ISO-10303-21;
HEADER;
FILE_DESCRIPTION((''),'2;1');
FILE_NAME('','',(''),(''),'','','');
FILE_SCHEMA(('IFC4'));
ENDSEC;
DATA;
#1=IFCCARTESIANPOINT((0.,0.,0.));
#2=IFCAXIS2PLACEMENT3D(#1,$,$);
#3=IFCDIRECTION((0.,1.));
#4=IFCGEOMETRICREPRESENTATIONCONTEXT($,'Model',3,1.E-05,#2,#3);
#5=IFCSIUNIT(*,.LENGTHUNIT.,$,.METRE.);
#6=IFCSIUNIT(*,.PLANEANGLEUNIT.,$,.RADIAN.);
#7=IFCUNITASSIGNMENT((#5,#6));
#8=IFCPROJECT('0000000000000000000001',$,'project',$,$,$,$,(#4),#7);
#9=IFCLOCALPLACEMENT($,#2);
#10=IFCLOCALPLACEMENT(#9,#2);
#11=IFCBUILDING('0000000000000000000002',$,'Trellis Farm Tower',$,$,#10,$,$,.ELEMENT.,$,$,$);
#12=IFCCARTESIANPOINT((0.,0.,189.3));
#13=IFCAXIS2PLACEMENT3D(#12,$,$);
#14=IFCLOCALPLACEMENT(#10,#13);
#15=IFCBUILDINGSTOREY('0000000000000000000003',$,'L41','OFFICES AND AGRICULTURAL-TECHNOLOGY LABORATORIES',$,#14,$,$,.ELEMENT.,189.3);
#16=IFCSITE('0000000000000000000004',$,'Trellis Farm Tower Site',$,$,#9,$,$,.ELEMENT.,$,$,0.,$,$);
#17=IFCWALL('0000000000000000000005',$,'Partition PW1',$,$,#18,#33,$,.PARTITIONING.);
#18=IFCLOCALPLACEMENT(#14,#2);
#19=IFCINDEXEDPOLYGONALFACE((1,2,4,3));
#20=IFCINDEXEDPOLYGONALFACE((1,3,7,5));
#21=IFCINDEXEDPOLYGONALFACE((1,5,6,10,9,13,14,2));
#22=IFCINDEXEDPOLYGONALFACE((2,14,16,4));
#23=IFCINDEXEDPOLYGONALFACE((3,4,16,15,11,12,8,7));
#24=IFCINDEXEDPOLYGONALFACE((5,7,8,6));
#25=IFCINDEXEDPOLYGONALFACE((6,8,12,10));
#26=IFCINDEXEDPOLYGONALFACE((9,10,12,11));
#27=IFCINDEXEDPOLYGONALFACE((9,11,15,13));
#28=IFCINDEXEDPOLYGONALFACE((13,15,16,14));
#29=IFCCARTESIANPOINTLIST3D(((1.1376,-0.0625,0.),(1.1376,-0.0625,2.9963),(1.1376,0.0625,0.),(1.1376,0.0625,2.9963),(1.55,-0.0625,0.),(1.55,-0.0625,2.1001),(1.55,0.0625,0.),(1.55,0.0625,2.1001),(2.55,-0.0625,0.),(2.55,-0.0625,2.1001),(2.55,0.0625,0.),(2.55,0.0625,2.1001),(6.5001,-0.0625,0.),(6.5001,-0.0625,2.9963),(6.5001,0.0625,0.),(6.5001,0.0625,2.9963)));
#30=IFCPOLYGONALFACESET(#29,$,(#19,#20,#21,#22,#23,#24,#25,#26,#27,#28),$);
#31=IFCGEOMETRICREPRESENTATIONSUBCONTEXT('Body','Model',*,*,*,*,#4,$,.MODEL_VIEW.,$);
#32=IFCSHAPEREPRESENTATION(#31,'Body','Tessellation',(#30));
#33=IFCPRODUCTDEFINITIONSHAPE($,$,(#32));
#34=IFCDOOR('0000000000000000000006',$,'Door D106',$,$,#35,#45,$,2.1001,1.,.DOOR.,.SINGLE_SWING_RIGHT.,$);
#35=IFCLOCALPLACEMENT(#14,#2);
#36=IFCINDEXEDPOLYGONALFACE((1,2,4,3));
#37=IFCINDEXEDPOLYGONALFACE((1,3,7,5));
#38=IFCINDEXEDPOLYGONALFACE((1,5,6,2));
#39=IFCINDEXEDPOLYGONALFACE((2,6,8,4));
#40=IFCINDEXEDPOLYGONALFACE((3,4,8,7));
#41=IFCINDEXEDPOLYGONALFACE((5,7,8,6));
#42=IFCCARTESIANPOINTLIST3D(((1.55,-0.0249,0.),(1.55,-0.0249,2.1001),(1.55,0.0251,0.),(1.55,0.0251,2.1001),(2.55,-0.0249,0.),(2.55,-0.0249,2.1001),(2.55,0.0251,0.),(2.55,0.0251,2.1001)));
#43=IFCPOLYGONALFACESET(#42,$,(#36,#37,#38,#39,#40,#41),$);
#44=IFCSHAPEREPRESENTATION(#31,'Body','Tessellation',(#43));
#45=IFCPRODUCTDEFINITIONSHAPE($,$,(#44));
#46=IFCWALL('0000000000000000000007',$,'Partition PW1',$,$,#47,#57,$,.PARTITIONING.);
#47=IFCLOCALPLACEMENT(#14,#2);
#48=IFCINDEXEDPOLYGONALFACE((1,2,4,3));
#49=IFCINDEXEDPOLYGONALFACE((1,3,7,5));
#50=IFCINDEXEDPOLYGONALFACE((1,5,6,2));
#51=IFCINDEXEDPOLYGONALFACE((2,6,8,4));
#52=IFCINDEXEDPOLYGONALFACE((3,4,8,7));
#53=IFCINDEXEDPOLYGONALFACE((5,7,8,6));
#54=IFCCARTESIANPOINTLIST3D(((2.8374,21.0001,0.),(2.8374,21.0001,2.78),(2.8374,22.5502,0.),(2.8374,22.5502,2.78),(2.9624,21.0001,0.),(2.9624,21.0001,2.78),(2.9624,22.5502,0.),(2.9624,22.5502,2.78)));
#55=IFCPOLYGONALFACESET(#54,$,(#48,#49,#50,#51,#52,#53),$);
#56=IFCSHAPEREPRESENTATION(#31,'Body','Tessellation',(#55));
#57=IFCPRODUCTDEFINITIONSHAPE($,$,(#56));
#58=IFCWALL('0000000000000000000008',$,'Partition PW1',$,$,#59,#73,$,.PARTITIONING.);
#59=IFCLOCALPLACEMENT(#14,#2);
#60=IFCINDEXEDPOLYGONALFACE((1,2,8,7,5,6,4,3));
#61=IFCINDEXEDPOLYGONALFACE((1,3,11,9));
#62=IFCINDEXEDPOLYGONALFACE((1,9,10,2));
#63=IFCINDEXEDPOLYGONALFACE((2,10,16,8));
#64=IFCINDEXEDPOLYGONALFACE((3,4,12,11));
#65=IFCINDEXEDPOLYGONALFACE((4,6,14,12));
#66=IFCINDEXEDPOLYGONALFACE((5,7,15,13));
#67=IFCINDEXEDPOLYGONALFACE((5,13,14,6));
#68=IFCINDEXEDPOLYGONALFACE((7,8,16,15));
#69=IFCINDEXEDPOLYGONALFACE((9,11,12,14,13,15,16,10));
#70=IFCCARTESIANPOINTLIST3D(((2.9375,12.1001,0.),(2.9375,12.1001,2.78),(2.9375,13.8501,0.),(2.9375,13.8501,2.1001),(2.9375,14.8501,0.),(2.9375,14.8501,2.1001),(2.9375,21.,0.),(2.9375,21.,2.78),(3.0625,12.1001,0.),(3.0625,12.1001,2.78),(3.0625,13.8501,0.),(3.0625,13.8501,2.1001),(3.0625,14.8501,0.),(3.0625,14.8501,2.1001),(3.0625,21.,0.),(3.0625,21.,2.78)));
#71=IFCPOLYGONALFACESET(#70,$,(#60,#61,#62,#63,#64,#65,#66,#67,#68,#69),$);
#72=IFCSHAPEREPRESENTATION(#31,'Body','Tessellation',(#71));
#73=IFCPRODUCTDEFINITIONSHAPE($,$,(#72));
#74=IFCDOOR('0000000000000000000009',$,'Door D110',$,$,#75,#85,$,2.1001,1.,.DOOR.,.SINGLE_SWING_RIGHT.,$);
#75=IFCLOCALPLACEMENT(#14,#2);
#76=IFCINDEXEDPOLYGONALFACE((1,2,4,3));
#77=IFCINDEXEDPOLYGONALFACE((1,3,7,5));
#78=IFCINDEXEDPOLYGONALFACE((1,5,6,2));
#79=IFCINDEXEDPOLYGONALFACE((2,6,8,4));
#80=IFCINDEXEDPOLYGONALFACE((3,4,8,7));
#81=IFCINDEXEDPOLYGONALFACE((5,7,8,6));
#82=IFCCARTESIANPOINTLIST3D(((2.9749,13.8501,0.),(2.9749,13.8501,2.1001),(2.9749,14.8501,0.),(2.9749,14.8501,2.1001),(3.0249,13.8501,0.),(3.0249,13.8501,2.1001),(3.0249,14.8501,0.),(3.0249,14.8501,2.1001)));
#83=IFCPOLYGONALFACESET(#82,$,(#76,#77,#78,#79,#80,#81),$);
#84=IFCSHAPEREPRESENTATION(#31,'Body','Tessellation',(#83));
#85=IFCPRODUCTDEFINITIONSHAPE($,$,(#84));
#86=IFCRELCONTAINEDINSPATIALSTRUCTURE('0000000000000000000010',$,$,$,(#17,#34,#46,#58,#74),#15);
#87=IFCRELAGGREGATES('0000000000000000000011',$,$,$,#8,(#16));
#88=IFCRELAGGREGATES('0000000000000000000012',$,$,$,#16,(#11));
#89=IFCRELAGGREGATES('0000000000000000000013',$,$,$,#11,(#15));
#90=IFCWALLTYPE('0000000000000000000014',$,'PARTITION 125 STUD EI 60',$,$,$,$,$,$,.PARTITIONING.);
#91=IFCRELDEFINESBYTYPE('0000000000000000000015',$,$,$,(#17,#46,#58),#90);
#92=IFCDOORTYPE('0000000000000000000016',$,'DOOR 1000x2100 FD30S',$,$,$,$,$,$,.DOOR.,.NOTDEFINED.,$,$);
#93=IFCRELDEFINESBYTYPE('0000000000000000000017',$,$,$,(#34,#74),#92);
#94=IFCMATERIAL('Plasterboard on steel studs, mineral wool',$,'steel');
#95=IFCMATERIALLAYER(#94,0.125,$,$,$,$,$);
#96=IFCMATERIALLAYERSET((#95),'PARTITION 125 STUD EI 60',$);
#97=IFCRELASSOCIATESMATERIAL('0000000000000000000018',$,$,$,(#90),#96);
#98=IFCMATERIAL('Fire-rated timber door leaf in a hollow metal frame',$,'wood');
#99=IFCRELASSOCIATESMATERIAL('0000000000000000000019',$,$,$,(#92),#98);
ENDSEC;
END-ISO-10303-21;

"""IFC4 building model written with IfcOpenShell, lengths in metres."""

from ifc_helpers import new_model, si_unit, direction, frame, frame_2d, origin, place, context, subcontext, project, spatial, rectangle, extrude, source, transform, mapped, material, layer, layer_set, type_object, element, fill, save


model = new_model("IFC4")

# Units and contexts
model_context = context("Model", 3, precision=1e-05, world=origin(), true_north=direction((0.0, 1.0)))
body_context = subcontext(model_context, "Body", "Model", "MODEL_VIEW")
ifc_project = project(units=[si_unit("LENGTHUNIT", "METRE"), si_unit("PLANEANGLEUNIT", "RADIAN")], contexts=[model_context])

# Site, building, storey
site_placement = place(None, origin())
site = spatial("IfcSite", under=ifc_project, at=site_placement, Name="Trellis Farm Tower Site", CompositionType="ELEMENT", RefElevation=0.0)
building_placement = place(site_placement, origin())
building = spatial("IfcBuilding", under=site, at=building_placement, Name="Trellis Farm Tower", CompositionType="ELEMENT")
storey_placement = place(building_placement, frame((0.0, 0.0, 189.3)))
storey = spatial("IfcBuildingStorey", under=building, at=storey_placement, Name="L41", Description="OFFICES AND AGRICULTURAL-TECHNOLOGY LABORATORIES", CompositionType="ELEMENT", Elevation=189.3)

# Shared definitions
ifc_material_1 = material(Name="Plasterboard on steel studs, mineral wool", Category="steel")
ifc_layer_1 = layer(ifc_material_1, 0.125)
ifc_layer_set_1 = layer_set([ifc_layer_1], Name="PARTITION 125 STUD EI 60")
wall_type_1 = type_object("IfcWallType", Name="PARTITION 125 STUD EI 60", PredefinedType="PARTITIONING", material=ifc_layer_set_1)

# Wall, opening, door
shared_shape_1 = source(origin(), body_context, "Body", "SweptSolid", [
    extrude(rectangle(XDim=5.3625, YDim=0.125, at=frame_2d((2.6812, 0.0))), origin(), (0.0, 0.0, 1.0), 2.9963),
])
wall_1_placement = place(storey_placement, frame((6.5, 0.0, 0.0), z_axis=(0.0, 0.0, 1.0), x_axis=(-1.0, 0.0, 0.0)))
wall_1 = element("IfcWall", 1, at=wall_1_placement, inside=storey, type_object=wall_type_1, Name="Partition PW1", PredefinedType="PARTITIONING", context=body_context, shape_type="MappedRepresentation", body=[
    mapped(shared_shape_1, transform((0.0, 0.0, 0.0))),
])
shared_shape_2 = source(origin(), body_context, "Body", "SweptSolid", [
    extrude(rectangle(XDim=1.0, YDim=2.1001, at=frame_2d((0.5, 1.05))), frame((0.0, 0.0725, 0.0), z_axis=(0.0, -1.0, 0.0), x_axis=(1.0, 0.0, 0.0)), (0.0, 0.0, 1.0), 0.145),
])
opening_1_placement = place(wall_1_placement, frame((3.95, 0.0, 0.0)))
opening_1 = element("IfcOpeningElement", 2, at=opening_1_placement, cuts=wall_1, PredefinedType="OPENING", context=body_context, shape_type="MappedRepresentation", body=[
    mapped(shared_shape_2, transform((0.0, 0.0, 0.0))),
])
ifc_material_2 = material(Name="Fire-rated timber door leaf in a hollow metal frame", Category="wood")
door_type_1 = type_object("IfcDoorType", Name="DOOR 1000x2100 FD30S", OperationType="NOTDEFINED", PredefinedType="DOOR", material=ifc_material_2)
shared_shape_3 = source(origin(), body_context, "Body", "SweptSolid", [
    extrude(rectangle(XDim=1.0, YDim=2.1001, at=frame_2d((0.5, 1.05))), frame((0.0, 0.0249, 0.0), z_axis=(0.0, -1.0, 0.0), x_axis=(1.0, 0.0, 0.0)), (0.0, 0.0, 1.0), 0.05),
])
door_1_placement = place(opening_1_placement, origin())
door_1 = element("IfcDoor", 3, at=door_1_placement, inside=storey, type_object=door_type_1, Name="Door D106", OperationType="SINGLE_SWING_RIGHT", OverallHeight=2.1001, OverallWidth=1.0, PredefinedType="DOOR", context=body_context, shape_type="MappedRepresentation", body=[
    mapped(shared_shape_3, transform((0.0, 0.0, 0.0))),
])
fill(opening_1, door_1)

# Wall
shared_shape_4 = source(origin(), body_context, "Body", "SweptSolid", [
    extrude(rectangle(XDim=1.55, YDim=0.125, at=frame_2d((0.7749, 0.0))), origin(), (0.0, 0.0, 1.0), 2.78),
])
wall_2_placement = place(storey_placement, frame((2.8999, 22.55, 0.0), z_axis=(0.0, 0.0, 1.0), x_axis=(0.0, -1.0, 0.0)))
element("IfcWall", 4, at=wall_2_placement, inside=storey, type_object=wall_type_1, Name="Partition PW1", PredefinedType="PARTITIONING", context=body_context, shape_type="MappedRepresentation", body=[
    mapped(shared_shape_4, transform((0.0, 0.0, 0.0))),
])

# Wall, opening, door
shared_shape_5 = source(origin(), body_context, "Body", "SweptSolid", [
    extrude(rectangle(XDim=8.8999, YDim=0.125, at=frame_2d((4.45, 0.0))), origin(), (0.0, 0.0, 1.0), 2.78),
])
wall_3_placement = place(storey_placement, frame((3.0, 21.0, 0.0), z_axis=(0.0, 0.0, 1.0), x_axis=(0.0, -1.0, 0.0)))
wall_3 = element("IfcWall", 5, at=wall_3_placement, inside=storey, type_object=wall_type_1, Name="Partition PW1", PredefinedType="PARTITIONING", context=body_context, shape_type="MappedRepresentation", body=[
    mapped(shared_shape_5, transform((0.0, 0.0, 0.0))),
])
opening_2_placement = place(wall_3_placement, frame((6.1499, 0.0, 0.0)))
opening_2 = element("IfcOpeningElement", 6, at=opening_2_placement, cuts=wall_3, PredefinedType="OPENING", context=body_context, shape_type="MappedRepresentation", body=[
    mapped(shared_shape_2, transform((0.0, 0.0, 0.0))),
])
door_2_placement = place(opening_2_placement, origin())
door_2 = element("IfcDoor", 7, at=door_2_placement, inside=storey, type_object=door_type_1, Name="Door D110", OperationType="SINGLE_SWING_RIGHT", OverallHeight=2.1001, OverallWidth=1.0, PredefinedType="DOOR", context=body_context, shape_type="MappedRepresentation", body=[
    mapped(shared_shape_3, transform((0.0, 0.0, 0.0))),
])
fill(opening_2, door_2)

save(model, "model.ifc")
